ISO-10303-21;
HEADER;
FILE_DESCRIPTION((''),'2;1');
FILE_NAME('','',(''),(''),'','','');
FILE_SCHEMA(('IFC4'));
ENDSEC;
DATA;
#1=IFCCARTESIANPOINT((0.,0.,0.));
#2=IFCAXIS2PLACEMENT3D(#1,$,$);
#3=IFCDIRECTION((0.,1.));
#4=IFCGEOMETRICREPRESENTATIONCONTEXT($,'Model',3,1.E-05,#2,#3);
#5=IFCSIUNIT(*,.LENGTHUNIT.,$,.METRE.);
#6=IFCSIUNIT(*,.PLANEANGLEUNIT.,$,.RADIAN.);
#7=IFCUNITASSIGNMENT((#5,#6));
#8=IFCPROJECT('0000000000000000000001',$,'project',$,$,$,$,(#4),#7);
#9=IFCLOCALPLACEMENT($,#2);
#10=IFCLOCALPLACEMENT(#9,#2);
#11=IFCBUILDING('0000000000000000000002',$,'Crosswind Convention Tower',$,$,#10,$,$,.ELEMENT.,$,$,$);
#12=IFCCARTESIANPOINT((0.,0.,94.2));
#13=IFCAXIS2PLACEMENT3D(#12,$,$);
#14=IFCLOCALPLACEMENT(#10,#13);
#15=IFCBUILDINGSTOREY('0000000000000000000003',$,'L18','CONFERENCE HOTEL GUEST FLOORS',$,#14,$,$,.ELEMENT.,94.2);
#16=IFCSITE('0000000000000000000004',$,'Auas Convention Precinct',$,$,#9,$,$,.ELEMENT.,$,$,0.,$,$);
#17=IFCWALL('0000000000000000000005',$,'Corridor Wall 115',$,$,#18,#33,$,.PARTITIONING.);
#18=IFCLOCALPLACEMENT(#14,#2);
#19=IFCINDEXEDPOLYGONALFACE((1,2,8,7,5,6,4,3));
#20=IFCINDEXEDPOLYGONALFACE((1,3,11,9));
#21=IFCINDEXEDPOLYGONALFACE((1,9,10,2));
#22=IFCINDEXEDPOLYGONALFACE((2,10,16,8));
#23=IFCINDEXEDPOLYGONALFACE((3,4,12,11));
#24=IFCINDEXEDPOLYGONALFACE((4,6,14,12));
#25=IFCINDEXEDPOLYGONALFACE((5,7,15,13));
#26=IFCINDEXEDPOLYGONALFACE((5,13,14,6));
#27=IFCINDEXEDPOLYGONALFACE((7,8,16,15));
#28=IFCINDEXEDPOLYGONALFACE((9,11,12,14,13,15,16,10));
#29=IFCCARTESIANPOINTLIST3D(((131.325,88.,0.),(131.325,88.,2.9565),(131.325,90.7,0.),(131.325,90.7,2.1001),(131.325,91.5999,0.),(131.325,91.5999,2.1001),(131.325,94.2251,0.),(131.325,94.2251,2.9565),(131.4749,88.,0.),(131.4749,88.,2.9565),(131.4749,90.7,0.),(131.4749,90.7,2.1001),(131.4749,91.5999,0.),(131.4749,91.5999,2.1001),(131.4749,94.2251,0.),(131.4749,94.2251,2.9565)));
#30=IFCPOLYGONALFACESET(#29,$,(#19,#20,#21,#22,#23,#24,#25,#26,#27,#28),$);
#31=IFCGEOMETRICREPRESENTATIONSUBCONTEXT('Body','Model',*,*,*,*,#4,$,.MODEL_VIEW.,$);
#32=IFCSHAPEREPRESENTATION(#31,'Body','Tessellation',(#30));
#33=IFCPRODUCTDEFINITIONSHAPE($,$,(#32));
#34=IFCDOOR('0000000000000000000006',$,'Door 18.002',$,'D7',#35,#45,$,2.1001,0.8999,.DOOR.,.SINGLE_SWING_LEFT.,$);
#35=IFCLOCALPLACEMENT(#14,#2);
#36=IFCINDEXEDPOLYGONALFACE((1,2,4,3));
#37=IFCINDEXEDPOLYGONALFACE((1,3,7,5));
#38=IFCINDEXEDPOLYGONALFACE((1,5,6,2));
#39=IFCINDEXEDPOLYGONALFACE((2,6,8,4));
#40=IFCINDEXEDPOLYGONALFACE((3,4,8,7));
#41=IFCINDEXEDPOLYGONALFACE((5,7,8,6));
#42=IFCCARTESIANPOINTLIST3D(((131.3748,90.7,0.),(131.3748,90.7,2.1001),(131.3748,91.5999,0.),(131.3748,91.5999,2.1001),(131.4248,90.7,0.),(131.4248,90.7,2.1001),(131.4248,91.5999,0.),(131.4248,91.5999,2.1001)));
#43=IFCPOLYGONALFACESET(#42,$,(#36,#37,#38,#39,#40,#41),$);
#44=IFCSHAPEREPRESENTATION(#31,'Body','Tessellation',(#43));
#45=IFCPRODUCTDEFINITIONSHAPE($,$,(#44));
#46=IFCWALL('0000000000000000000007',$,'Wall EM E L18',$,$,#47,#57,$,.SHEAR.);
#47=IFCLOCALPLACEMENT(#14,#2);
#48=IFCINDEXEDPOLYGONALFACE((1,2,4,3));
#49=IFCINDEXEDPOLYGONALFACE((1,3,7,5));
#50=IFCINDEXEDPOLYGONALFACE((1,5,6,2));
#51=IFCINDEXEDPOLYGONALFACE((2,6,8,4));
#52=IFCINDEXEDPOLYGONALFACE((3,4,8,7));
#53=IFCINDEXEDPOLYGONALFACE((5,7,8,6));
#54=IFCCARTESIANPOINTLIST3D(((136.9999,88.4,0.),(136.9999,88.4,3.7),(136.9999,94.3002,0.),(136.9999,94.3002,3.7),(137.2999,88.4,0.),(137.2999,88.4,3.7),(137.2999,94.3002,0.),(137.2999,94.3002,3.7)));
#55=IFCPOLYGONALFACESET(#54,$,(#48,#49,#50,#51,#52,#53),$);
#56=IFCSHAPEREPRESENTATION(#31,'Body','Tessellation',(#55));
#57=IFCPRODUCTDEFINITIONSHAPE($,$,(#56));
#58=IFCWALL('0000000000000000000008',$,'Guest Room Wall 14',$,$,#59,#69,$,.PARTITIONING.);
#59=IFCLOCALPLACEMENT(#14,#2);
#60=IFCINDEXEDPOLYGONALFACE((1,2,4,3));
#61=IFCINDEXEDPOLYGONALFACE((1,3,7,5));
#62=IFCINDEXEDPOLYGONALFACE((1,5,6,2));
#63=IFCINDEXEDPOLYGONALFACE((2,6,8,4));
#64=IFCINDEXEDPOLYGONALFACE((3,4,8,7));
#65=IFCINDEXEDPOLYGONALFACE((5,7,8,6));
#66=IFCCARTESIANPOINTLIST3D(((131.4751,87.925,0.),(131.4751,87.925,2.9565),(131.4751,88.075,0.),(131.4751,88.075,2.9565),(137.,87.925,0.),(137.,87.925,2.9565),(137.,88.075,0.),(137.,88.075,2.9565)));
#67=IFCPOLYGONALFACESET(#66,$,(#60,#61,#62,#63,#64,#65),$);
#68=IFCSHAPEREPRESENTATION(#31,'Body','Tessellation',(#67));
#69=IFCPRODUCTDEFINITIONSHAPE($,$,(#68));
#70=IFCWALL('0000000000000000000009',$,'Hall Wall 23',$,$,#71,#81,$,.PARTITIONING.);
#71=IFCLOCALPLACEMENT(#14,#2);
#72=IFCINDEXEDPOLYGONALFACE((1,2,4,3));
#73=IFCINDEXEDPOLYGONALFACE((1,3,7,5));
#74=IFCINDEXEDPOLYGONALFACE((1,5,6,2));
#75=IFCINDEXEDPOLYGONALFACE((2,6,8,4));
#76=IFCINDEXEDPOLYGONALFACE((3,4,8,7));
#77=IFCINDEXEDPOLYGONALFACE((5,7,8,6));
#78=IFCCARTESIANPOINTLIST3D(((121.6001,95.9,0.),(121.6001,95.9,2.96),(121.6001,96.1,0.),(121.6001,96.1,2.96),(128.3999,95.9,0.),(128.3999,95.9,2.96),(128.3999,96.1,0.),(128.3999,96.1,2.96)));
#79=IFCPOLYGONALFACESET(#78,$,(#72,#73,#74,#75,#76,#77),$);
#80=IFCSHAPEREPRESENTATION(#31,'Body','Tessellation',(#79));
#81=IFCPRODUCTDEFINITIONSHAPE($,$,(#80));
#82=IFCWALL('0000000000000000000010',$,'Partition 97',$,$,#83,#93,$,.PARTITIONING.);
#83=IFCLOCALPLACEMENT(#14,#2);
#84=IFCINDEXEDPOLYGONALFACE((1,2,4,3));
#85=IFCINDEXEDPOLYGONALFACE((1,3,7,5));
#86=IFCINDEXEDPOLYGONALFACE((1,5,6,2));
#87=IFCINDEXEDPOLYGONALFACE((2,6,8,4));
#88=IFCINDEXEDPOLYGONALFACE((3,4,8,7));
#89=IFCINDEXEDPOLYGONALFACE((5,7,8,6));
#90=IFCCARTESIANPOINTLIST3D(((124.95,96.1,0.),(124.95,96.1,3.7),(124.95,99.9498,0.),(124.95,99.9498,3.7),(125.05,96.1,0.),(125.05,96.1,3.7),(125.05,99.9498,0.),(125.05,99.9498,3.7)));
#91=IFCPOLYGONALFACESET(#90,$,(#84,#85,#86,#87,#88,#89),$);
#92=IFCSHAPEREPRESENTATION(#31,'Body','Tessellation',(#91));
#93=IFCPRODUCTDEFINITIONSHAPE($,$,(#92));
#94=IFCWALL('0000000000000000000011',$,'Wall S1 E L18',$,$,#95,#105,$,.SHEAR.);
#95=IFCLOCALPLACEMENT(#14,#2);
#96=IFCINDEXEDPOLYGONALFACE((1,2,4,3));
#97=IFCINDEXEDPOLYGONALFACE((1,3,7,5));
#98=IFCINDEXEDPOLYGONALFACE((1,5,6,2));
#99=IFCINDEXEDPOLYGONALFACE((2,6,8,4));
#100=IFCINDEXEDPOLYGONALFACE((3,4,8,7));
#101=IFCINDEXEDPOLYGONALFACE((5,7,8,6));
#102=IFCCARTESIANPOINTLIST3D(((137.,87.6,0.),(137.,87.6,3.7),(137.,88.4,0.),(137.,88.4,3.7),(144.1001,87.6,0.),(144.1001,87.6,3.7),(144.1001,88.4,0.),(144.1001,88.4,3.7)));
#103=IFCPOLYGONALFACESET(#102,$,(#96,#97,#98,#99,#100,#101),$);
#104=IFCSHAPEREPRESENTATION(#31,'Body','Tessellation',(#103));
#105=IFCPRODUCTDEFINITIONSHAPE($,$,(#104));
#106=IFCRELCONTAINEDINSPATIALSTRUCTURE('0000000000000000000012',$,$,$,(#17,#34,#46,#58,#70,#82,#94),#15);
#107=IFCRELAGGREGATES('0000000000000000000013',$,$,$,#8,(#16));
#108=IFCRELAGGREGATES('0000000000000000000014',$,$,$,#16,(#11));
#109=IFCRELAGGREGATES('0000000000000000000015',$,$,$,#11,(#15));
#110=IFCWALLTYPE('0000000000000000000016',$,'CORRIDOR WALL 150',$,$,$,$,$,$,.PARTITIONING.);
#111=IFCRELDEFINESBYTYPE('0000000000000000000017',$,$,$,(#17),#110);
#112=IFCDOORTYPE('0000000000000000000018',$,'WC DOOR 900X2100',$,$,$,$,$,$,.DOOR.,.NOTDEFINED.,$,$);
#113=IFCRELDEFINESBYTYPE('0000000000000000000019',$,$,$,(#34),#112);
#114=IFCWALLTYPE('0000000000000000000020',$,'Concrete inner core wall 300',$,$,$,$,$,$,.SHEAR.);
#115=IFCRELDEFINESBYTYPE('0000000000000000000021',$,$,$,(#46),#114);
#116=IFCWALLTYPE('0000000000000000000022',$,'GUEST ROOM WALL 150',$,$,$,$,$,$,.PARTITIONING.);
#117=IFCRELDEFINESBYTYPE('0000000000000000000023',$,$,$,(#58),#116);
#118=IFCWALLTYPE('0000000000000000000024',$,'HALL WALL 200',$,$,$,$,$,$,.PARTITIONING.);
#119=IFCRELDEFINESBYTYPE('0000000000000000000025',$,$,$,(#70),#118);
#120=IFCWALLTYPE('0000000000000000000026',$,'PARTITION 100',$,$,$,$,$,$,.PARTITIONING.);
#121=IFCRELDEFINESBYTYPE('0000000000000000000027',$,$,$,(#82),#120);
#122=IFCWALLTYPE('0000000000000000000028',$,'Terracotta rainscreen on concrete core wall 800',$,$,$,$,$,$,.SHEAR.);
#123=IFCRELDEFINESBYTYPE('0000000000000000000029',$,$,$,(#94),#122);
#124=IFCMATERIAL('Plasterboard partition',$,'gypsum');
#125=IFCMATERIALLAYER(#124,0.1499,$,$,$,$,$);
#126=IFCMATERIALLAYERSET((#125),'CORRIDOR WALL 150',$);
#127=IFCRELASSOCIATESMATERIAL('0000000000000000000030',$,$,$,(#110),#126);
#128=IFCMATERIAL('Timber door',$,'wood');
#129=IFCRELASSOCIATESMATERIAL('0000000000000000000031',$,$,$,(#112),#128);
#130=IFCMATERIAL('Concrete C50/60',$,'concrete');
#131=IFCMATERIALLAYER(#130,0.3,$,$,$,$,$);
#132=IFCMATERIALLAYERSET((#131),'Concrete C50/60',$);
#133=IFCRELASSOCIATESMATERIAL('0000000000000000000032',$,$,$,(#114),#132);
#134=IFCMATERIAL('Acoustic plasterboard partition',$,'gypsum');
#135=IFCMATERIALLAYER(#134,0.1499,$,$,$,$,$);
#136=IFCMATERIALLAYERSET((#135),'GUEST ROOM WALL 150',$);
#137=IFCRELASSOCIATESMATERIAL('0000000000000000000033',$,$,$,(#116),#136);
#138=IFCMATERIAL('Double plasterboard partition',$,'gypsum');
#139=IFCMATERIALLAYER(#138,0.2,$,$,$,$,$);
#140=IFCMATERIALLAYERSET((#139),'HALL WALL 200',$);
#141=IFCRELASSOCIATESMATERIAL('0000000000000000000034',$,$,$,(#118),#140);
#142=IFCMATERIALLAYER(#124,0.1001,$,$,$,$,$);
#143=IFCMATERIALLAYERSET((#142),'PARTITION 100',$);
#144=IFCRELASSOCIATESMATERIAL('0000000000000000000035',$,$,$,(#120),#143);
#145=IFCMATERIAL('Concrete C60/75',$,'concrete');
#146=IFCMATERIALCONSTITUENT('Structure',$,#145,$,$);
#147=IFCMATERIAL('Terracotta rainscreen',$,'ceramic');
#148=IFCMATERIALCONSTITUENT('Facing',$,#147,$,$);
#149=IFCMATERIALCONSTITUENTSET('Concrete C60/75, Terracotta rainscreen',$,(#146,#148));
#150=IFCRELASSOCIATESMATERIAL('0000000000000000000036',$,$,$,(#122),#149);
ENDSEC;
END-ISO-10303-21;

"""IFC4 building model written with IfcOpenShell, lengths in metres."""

from ifc_helpers import new_model, si_unit, direction, frame, frame_2d, origin, place, context, subcontext, project, spatial, rectangle, extrude, material, layer, layer_set, constituent, constituent_set, type_object, element, fill, save


model = new_model("IFC4")

# Units and contexts
model_context = context("Model", 3, precision=1e-05, world=origin(), true_north=direction((0.0, 1.0)))
body_context = subcontext(model_context, "Body", "Model", "MODEL_VIEW")
ifc_project = project(units=[si_unit("LENGTHUNIT", "METRE"), si_unit("PLANEANGLEUNIT", "RADIAN")], contexts=[model_context])

# Site, building, storey
site_placement = place(None, origin())
site = spatial("IfcSite", under=ifc_project, at=site_placement, Name="Auas Convention Precinct", CompositionType="ELEMENT", RefElevation=0.0)
building_placement = place(site_placement, origin())
building = spatial("IfcBuilding", under=site, at=building_placement, Name="Crosswind Convention Tower", CompositionType="ELEMENT")
storey_placement = place(building_placement, frame((0.0, 0.0, 94.2)))
storey = spatial("IfcBuildingStorey", under=building, at=storey_placement, Name="L18", Description="CONFERENCE HOTEL GUEST FLOORS", CompositionType="ELEMENT", Elevation=94.2)

# Shared definitions
ifc_material_1 = material(Name="Plasterboard partition", Category="gypsum")
ifc_layer_1 = layer(ifc_material_1, 0.1499)
ifc_layer_set_1 = layer_set([ifc_layer_1], Name="CORRIDOR WALL 150")
wall_type_1 = type_object("IfcWallType", Name="CORRIDOR WALL 150", PredefinedType="PARTITIONING", material=ifc_layer_set_1)

# Wall, opening, door
wall_1_placement = place(storey_placement, frame((131.3999, 88.0, 0.0), z_axis=(0.0, 0.0, 1.0), x_axis=(0.0, 1.0, 0.0)))
wall_1 = element("IfcWall", 1, at=wall_1_placement, inside=storey, type_object=wall_type_1, Name="Corridor Wall 115", PredefinedType="PARTITIONING", context=body_context, shape_type="SweptSolid", body=[
    extrude(rectangle(XDim=6.2251, YDim=0.1499, at=frame_2d((3.1125, 0.0))), origin(), (0.0, 0.0, 1.0), 2.9565),
])
opening_1_placement = place(wall_1_placement, frame((2.7, 0.0, 0.0)))
opening_1 = element("IfcOpeningElement", 2, at=opening_1_placement, cuts=wall_1, PredefinedType="OPENING", context=body_context, shape_type="SweptSolid", body=[
    extrude(rectangle(XDim=0.8999, YDim=2.1001, at=frame_2d((0.45, 1.05))), frame((0.0, 0.085, 0.0), z_axis=(0.0, -1.0, 0.0), x_axis=(1.0, 0.0, 0.0)), (0.0, 0.0, 1.0), 0.1699),
])
ifc_material_2 = material(Name="Timber door", Category="wood")
door_type_1 = type_object("IfcDoorType", Name="WC DOOR 900X2100", OperationType="NOTDEFINED", PredefinedType="DOOR", material=ifc_material_2)
door_1_placement = place(opening_1_placement, frame((0.8999, 0.0, 0.0), z_axis=(0.0, 0.0, 1.0), x_axis=(-1.0, 0.0, 0.0)))
door_1 = element("IfcDoor", 3, at=door_1_placement, inside=storey, type_object=door_type_1, Name="Door 18.002", ObjectType="D7", OperationType="SINGLE_SWING_LEFT", OverallHeight=2.1001, OverallWidth=0.8999, PredefinedType="DOOR", context=body_context, shape_type="SweptSolid", body=[
    extrude(rectangle(XDim=0.8999, YDim=2.1001, at=frame_2d((0.45, 1.05))), frame((0.0, 0.0249, 0.0), z_axis=(0.0, -1.0, 0.0), x_axis=(1.0, 0.0, 0.0)), (0.0, 0.0, 1.0), 0.05),
])
fill(opening_1, door_1)

# Shared definitions
ifc_material_3 = material(Name="Concrete C50/60", Category="concrete")
ifc_layer_2 = layer(ifc_material_3, 0.3)
ifc_layer_set_2 = layer_set([ifc_layer_2], Name="Concrete C50/60")
wall_type_2 = type_object("IfcWallType", Name="Concrete inner core wall 300", PredefinedType="SHEAR", material=ifc_layer_set_2)

# Walls
wall_2_placement = place(storey_placement, frame((137.1499, 88.3999, 0.0), z_axis=(0.0, 0.0, 1.0), x_axis=(0.0, 1.0, 0.0)))
element("IfcWall", 4, at=wall_2_placement, inside=storey, type_object=wall_type_2, Name="Wall EM E L18", PredefinedType="SHEAR", context=body_context, shape_type="SweptSolid", body=[
    extrude(rectangle(XDim=5.9001, YDim=0.3, at=frame_2d((2.9502, 0.0))), origin(), (0.0, 0.0, 1.0), 3.7),
])
ifc_material_4 = material(Name="Acoustic plasterboard partition", Category="gypsum")
ifc_layer_3 = layer(ifc_material_4, 0.1499)
ifc_layer_set_3 = layer_set([ifc_layer_3], Name="GUEST ROOM WALL 150")
wall_type_3 = type_object("IfcWallType", Name="GUEST ROOM WALL 150", PredefinedType="PARTITIONING", material=ifc_layer_set_3)
wall_3_placement = place(storey_placement, frame((131.4751, 88.0, 0.0), z_axis=(0.0, 0.0, 1.0), x_axis=(1.0, 0.0, 0.0)))
element("IfcWall", 5, at=wall_3_placement, inside=storey, type_object=wall_type_3, Name="Guest Room Wall 14", PredefinedType="PARTITIONING", context=body_context, shape_type="SweptSolid", body=[
    extrude(rectangle(XDim=5.5249, YDim=0.1499, at=frame_2d((2.7625, 0.0))), origin(), (0.0, 0.0, 1.0), 2.9565),
])
ifc_material_5 = material(Name="Double plasterboard partition", Category="gypsum")
ifc_layer_4 = layer(ifc_material_5, 0.2)
ifc_layer_set_4 = layer_set([ifc_layer_4], Name="HALL WALL 200")
wall_type_4 = type_object("IfcWallType", Name="HALL WALL 200", PredefinedType="PARTITIONING", material=ifc_layer_set_4)
wall_4_placement = place(storey_placement, frame((121.6001, 96.0, 0.0), z_axis=(0.0, 0.0, 1.0), x_axis=(1.0, 0.0, 0.0)))
element("IfcWall", 6, at=wall_4_placement, inside=storey, type_object=wall_type_4, Name="Hall Wall 23", PredefinedType="PARTITIONING", context=body_context, shape_type="SweptSolid", body=[
    extrude(rectangle(XDim=6.7998, YDim=0.2, at=frame_2d((3.3999, 0.0))), origin(), (0.0, 0.0, 1.0), 2.96),
])

# Walls
ifc_layer_5 = layer(ifc_material_1, 0.1001)
ifc_layer_set_5 = layer_set([ifc_layer_5], Name="PARTITION 100")
wall_type_5 = type_object("IfcWallType", Name="PARTITION 100", PredefinedType="PARTITIONING", material=ifc_layer_set_5)
wall_5_placement = place(storey_placement, frame((125.0, 96.1001, 0.0), z_axis=(0.0, 0.0, 1.0), x_axis=(0.0, 1.0, 0.0)))
element("IfcWall", 7, at=wall_5_placement, inside=storey, type_object=wall_type_5, Name="Partition 97", PredefinedType="PARTITIONING", context=body_context, shape_type="SweptSolid", body=[
    extrude(rectangle(XDim=3.8499, YDim=0.1001, at=frame_2d((1.9248, 0.0))), origin(), (0.0, 0.0, 1.0), 3.7),
])
ifc_material_6 = material(Name="Concrete C60/75", Category="concrete")
ifc_constituent_1 = constituent(ifc_material_6, Name="Structure")
ifc_material_7 = material(Name="Terracotta rainscreen", Category="ceramic")
ifc_constituent_2 = constituent(ifc_material_7, Name="Facing")
ifc_constituent_set = constituent_set(constituents=[ifc_constituent_1, ifc_constituent_2], Name="Concrete C60/75, Terracotta rainscreen")
wall_type_6 = type_object("IfcWallType", Name="Terracotta rainscreen on concrete core wall 800", PredefinedType="SHEAR", material=ifc_constituent_set)
wall_6_placement = place(storey_placement, frame((137.0, 88.0, 0.0), z_axis=(0.0, 0.0, 1.0), x_axis=(1.0, 0.0, 0.0)))
element("IfcWall", 8, at=wall_6_placement, inside=storey, type_object=wall_type_6, Name="Wall S1 E L18", PredefinedType="SHEAR", context=body_context, shape_type="SweptSolid", body=[
    extrude(rectangle(XDim=7.1001, YDim=0.8, at=frame_2d((3.55, 0.0))), origin(), (0.0, 0.0, 1.0), 3.7),
])

save(model, "model.ifc")
